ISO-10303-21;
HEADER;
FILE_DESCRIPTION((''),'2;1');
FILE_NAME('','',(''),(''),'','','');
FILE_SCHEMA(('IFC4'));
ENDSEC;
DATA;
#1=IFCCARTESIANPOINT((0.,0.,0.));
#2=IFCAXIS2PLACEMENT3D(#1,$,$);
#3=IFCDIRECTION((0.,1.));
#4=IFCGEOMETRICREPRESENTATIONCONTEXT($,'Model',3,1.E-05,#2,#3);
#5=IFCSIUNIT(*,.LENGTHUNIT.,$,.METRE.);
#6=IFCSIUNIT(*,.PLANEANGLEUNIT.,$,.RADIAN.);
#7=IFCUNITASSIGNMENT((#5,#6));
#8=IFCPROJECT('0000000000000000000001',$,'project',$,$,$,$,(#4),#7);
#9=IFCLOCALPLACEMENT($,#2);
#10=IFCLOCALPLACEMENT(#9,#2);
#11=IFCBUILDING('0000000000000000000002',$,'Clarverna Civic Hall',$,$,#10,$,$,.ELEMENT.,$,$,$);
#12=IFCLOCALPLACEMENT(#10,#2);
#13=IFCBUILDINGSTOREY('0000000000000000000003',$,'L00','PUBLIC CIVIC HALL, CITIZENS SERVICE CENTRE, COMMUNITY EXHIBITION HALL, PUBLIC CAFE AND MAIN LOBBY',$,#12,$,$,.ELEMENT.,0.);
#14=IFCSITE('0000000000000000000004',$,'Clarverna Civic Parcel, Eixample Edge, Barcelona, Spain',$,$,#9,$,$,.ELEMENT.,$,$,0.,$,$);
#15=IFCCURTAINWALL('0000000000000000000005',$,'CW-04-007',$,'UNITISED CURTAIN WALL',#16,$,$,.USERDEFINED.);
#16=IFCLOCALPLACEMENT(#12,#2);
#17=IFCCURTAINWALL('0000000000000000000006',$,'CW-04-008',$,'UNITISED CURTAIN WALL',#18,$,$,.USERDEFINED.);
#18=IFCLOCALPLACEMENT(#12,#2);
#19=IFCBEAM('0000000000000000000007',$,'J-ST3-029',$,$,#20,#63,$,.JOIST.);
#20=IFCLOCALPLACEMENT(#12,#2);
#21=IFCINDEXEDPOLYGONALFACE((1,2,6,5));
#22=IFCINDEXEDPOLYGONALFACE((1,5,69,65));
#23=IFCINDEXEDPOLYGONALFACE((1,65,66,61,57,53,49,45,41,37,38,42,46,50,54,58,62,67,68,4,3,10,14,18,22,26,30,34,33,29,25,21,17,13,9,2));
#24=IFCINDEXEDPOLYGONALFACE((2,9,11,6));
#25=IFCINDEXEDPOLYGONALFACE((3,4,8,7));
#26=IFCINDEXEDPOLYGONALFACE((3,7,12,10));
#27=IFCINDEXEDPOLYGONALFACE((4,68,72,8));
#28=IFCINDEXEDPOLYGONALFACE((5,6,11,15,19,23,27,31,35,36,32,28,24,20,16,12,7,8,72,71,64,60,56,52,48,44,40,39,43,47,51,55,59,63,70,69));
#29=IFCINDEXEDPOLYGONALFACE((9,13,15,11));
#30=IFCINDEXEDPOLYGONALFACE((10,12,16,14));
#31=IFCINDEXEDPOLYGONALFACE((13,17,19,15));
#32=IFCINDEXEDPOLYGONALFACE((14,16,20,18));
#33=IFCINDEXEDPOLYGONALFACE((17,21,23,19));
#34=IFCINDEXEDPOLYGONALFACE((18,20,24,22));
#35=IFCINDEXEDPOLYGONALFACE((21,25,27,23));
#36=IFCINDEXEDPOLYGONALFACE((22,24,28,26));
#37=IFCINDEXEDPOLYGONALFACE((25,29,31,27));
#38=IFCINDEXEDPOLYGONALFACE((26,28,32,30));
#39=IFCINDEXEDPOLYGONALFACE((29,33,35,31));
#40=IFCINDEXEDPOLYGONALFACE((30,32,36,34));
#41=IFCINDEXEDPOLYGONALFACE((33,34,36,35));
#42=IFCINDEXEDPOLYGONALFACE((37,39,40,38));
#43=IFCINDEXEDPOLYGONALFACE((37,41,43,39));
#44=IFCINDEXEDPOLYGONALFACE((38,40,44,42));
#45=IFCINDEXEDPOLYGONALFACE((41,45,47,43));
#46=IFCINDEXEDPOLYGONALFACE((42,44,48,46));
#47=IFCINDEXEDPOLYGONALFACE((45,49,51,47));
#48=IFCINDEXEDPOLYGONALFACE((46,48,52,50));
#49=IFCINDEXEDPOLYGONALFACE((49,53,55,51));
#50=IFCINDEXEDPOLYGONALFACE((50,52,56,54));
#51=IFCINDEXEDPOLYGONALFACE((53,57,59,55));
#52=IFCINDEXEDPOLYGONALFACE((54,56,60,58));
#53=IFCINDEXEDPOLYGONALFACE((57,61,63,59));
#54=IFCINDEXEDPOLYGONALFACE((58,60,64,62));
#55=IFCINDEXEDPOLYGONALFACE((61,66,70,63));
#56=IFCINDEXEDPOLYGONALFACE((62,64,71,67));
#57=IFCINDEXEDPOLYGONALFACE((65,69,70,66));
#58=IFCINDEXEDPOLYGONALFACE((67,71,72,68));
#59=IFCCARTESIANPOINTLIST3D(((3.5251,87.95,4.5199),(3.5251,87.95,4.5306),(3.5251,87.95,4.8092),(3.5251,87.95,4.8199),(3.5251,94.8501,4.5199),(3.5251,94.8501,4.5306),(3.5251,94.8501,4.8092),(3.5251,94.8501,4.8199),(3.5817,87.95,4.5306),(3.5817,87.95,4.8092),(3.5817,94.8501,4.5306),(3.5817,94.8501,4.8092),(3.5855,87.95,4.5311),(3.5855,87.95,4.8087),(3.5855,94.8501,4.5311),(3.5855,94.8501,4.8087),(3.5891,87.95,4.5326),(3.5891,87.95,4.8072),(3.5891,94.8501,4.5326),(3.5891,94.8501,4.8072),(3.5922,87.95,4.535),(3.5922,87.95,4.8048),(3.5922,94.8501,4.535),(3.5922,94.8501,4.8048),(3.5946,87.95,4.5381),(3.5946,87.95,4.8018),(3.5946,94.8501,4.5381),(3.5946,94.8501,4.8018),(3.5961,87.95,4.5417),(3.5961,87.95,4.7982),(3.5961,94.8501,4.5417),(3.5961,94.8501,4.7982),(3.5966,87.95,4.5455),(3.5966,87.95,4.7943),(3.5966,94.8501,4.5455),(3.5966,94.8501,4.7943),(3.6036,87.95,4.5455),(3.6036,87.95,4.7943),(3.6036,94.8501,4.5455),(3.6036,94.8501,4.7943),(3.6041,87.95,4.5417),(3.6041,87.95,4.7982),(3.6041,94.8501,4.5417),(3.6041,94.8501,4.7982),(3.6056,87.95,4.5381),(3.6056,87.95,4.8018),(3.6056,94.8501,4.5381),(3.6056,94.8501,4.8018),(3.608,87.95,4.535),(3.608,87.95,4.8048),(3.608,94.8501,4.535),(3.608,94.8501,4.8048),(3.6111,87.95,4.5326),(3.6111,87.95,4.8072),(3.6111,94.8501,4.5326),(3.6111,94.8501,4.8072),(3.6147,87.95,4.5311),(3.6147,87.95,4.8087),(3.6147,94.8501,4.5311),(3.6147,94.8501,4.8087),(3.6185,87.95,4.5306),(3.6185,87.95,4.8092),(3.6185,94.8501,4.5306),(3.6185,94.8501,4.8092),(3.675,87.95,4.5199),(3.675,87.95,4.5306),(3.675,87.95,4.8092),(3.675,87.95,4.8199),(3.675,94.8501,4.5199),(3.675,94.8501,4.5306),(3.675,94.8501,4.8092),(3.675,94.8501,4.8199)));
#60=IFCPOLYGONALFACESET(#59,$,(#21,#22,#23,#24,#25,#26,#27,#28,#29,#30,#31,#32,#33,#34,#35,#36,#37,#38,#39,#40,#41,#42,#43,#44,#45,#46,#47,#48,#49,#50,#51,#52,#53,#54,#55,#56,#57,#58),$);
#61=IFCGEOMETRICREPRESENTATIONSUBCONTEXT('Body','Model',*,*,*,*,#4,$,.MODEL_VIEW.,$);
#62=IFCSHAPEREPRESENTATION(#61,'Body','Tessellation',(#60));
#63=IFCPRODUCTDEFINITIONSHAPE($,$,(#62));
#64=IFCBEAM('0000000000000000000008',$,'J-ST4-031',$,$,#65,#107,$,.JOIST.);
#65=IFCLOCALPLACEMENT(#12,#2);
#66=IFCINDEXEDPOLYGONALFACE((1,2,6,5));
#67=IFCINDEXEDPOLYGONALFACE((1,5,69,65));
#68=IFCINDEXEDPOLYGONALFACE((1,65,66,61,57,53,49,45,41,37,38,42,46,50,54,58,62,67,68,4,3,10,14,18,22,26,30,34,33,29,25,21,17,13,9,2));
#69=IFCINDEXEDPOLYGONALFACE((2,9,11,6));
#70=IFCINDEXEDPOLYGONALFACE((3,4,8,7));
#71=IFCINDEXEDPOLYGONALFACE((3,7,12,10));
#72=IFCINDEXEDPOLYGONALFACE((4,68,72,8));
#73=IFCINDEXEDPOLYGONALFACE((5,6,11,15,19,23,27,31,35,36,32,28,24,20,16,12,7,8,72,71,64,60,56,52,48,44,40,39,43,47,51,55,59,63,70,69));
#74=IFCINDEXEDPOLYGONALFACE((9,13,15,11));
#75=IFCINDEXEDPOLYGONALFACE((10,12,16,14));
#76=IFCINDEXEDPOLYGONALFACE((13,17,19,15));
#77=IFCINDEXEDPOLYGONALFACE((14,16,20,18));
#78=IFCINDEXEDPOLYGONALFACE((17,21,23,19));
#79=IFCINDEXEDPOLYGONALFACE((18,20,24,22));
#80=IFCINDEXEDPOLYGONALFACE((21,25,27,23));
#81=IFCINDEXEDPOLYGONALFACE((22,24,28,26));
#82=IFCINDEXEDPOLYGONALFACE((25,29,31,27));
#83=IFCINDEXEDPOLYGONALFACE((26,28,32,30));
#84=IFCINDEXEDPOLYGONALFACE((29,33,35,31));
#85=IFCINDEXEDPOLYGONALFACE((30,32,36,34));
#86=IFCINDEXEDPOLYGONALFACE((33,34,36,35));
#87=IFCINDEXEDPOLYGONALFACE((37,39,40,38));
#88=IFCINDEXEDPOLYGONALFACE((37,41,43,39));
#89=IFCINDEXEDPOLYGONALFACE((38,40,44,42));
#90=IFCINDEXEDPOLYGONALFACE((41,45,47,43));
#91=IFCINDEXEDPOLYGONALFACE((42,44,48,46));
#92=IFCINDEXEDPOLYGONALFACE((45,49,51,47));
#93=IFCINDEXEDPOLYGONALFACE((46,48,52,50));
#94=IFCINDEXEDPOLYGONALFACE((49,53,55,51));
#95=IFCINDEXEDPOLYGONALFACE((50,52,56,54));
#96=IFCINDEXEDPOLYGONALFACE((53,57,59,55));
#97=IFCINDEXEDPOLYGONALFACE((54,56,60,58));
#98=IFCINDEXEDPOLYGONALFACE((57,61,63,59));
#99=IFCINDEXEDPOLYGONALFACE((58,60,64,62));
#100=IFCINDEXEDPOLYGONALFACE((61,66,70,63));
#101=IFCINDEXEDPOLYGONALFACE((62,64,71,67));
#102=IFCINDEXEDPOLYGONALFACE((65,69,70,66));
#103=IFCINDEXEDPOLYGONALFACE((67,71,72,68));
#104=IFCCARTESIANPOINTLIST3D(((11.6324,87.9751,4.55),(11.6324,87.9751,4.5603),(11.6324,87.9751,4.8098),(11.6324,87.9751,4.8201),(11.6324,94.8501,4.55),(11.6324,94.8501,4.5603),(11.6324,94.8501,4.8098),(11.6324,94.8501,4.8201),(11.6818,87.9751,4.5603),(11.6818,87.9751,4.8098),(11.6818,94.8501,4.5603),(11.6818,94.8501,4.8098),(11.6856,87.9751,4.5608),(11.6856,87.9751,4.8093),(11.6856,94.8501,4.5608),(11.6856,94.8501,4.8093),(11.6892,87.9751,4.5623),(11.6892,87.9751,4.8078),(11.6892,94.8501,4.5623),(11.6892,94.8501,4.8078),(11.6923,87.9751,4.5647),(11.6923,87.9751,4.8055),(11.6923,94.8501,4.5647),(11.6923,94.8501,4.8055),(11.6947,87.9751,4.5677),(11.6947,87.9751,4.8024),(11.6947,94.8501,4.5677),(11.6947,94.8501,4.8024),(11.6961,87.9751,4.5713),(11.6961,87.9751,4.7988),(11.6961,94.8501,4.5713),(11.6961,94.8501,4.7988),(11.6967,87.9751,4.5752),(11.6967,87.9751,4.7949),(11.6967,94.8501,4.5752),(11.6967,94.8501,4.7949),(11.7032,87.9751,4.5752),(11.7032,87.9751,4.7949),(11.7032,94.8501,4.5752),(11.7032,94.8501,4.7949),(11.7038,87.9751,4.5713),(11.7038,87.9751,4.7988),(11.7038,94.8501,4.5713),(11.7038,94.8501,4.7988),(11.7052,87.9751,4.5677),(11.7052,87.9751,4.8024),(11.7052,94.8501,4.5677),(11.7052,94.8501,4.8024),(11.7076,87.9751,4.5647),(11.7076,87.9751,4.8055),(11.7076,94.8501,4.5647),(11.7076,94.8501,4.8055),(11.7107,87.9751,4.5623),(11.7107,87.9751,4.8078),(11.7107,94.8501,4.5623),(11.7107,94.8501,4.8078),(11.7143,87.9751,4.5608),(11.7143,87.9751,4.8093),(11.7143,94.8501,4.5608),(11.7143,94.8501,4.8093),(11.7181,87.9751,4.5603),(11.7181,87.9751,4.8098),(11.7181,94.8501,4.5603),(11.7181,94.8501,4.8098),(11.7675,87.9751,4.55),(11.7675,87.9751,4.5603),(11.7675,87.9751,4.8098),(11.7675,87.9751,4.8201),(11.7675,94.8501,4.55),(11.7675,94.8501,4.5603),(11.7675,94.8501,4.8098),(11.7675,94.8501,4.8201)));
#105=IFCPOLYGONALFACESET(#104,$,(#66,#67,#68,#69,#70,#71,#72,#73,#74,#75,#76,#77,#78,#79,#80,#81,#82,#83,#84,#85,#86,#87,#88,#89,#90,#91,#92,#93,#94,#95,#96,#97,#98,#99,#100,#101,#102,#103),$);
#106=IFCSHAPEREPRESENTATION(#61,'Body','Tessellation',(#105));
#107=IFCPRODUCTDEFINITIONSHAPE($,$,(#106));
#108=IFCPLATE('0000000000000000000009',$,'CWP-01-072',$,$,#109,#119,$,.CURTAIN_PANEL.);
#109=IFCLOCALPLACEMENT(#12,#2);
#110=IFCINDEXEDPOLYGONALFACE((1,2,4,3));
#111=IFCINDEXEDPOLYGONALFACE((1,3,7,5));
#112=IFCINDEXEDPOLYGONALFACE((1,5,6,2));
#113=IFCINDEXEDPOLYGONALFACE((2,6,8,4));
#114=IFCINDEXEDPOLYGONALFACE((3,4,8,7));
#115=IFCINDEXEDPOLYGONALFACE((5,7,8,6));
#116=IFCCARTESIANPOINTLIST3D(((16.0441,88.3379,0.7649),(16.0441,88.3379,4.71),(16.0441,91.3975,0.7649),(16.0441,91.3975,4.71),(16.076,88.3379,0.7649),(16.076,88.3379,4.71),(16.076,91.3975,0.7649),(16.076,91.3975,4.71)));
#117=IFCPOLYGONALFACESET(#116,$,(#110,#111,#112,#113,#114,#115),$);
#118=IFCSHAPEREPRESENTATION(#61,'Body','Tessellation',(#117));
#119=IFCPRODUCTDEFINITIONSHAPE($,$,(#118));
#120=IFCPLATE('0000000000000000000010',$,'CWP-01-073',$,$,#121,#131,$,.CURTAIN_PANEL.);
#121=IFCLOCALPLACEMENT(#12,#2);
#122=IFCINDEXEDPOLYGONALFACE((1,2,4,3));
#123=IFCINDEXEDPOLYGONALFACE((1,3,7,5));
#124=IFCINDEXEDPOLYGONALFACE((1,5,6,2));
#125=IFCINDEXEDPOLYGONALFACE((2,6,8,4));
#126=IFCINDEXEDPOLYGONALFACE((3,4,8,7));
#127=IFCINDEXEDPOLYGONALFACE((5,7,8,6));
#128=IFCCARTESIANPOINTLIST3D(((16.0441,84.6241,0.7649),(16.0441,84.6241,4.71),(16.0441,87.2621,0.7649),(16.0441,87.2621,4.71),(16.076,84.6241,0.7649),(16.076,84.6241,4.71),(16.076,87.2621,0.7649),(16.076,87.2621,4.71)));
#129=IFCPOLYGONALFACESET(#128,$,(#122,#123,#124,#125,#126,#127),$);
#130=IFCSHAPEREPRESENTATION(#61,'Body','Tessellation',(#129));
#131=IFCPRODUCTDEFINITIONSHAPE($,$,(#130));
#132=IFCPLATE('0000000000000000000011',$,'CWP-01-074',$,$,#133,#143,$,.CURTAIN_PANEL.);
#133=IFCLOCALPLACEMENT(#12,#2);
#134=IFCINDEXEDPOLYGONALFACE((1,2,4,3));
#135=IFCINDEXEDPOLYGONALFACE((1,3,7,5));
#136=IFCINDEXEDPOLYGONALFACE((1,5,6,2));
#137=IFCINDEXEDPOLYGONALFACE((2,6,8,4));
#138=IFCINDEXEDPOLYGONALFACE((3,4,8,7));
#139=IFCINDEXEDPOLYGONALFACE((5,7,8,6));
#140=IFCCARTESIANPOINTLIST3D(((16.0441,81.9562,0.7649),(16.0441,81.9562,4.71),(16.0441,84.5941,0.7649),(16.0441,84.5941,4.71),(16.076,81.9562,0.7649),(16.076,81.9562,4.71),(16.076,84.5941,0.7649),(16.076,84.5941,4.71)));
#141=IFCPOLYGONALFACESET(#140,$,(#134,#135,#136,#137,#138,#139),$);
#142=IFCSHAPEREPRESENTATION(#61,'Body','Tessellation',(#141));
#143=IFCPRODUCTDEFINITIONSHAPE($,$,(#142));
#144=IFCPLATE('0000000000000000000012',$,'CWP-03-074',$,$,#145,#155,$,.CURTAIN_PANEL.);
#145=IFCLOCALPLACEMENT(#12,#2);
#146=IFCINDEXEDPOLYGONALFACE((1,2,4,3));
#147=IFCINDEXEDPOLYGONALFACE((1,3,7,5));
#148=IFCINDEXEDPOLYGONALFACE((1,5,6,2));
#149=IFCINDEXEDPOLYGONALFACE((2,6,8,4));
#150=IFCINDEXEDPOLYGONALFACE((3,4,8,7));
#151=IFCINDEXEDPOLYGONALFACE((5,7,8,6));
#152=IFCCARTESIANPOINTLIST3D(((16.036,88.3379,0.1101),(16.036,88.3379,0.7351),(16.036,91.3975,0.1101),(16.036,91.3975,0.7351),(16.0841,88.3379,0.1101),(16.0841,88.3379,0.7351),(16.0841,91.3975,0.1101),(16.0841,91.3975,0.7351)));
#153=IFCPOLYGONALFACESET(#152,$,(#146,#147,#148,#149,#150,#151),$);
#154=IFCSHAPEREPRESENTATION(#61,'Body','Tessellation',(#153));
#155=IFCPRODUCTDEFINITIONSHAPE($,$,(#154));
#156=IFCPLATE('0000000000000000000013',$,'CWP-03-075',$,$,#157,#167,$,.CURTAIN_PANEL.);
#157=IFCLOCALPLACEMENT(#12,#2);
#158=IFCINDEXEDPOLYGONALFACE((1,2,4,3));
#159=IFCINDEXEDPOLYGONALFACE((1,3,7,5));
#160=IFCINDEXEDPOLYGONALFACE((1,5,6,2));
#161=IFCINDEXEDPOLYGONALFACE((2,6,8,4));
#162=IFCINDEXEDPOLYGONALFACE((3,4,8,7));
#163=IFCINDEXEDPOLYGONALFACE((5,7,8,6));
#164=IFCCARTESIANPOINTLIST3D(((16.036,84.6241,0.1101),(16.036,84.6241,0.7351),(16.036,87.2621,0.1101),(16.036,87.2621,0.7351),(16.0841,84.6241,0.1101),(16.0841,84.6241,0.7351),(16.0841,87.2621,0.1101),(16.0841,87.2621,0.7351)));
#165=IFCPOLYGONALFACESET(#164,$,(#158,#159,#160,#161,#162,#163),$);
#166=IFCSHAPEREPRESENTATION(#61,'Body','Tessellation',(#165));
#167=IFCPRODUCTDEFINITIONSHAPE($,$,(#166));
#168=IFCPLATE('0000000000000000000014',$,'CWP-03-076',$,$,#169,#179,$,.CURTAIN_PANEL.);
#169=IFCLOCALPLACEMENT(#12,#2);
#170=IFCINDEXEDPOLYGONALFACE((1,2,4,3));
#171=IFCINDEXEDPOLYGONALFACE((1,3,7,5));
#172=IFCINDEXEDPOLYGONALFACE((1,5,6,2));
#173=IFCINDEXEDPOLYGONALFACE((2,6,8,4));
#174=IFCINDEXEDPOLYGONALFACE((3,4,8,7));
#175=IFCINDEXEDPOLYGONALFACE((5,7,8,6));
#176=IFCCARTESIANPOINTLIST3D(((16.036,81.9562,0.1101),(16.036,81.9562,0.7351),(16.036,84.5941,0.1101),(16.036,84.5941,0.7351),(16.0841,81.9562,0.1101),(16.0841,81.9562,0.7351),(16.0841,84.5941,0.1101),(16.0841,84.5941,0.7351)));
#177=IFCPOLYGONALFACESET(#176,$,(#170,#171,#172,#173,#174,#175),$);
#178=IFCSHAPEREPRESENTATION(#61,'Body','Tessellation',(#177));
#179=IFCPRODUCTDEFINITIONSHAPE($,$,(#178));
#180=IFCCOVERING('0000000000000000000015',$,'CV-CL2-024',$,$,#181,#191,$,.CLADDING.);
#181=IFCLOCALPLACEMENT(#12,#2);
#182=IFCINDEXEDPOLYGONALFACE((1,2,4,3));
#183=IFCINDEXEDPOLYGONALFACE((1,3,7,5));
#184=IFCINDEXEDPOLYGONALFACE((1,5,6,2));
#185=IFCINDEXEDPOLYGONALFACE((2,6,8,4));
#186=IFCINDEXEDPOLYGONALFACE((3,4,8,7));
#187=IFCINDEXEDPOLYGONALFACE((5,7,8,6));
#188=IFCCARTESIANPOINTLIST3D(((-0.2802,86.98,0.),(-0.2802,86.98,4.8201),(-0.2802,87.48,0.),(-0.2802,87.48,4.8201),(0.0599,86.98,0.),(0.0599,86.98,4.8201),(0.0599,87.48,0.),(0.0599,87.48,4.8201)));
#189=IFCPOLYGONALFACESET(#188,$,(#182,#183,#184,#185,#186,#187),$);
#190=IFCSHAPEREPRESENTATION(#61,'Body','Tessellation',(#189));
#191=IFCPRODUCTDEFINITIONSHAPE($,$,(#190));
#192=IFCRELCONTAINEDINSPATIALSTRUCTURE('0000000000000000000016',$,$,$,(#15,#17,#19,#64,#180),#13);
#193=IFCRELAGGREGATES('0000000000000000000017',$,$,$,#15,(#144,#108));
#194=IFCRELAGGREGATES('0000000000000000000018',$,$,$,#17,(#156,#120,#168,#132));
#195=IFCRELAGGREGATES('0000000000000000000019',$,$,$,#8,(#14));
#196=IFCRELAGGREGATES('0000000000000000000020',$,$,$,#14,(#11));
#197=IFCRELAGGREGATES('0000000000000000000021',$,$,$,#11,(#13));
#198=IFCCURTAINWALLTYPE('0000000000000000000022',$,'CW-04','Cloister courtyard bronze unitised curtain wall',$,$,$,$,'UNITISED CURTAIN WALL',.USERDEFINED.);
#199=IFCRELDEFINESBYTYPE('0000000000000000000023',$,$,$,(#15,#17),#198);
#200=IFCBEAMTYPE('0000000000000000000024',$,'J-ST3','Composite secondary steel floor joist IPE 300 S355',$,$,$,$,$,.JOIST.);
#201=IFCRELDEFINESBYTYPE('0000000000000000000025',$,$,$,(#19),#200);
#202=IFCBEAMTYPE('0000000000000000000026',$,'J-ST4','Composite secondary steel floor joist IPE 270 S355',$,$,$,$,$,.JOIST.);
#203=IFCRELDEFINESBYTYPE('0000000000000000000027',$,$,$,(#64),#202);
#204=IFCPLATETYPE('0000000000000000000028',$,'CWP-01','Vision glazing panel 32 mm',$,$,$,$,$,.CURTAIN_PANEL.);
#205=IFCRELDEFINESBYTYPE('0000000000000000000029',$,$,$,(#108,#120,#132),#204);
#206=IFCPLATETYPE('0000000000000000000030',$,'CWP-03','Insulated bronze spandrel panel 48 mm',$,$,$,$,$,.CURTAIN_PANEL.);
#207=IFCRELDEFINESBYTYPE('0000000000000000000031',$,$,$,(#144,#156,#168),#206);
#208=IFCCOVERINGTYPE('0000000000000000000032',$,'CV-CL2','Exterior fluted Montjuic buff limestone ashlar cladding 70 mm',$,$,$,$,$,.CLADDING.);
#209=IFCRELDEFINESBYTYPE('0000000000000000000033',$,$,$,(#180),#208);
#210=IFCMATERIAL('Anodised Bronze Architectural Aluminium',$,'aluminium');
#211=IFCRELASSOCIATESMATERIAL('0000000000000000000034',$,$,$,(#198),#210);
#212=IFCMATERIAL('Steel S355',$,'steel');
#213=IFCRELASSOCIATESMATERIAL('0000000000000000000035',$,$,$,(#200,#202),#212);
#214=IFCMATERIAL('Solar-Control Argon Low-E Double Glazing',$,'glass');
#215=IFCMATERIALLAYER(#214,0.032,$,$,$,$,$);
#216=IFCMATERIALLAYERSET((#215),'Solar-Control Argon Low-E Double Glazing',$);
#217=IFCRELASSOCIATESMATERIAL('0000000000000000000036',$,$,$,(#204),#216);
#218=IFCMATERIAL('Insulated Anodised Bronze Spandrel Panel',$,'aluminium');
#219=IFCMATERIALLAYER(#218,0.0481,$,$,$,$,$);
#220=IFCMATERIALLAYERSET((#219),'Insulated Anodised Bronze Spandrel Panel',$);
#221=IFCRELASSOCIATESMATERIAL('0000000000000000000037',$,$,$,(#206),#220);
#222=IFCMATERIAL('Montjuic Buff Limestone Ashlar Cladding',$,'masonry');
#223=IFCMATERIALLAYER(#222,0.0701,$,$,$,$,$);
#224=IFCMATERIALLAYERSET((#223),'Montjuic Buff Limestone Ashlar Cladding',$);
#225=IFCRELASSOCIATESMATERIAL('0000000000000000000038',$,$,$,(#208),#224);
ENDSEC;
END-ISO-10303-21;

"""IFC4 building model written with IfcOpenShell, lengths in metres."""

from ifc_helpers import new_model, si_unit, direction, frame, frame_2d, origin, origin_2d, place, context, subcontext, project, spatial, rectangle, i_section, extrude, material, layer, layer_set, material_profile, profile_set, type_object, element, aggregate, save


model = new_model("IFC4")

# Units and contexts
model_context = context("Model", 3, precision=1e-05, world=origin(), true_north=direction((0.0, 1.0)))
body_context = subcontext(model_context, "Body", "Model", "MODEL_VIEW")
ifc_project = project(units=[si_unit("LENGTHUNIT", "METRE"), si_unit("PLANEANGLEUNIT", "RADIAN")], contexts=[model_context])

# Site, building, storey
site_placement = place(None, origin())
site = spatial("IfcSite", under=ifc_project, at=site_placement, Name="Clarverna Civic Parcel, Eixample Edge, Barcelona, Spain", CompositionType="ELEMENT", RefElevation=0.0)
building_placement = place(site_placement, origin())
building = spatial("IfcBuilding", under=site, at=building_placement, Name="Clarverna Civic Hall", CompositionType="ELEMENT")
storey_placement = place(building_placement, origin())
storey = spatial("IfcBuildingStorey", under=building, at=storey_placement, Name="L00", Description="PUBLIC CIVIC HALL, CITIZENS SERVICE CENTRE, COMMUNITY EXHIBITION HALL, PUBLIC CAFE AND MAIN LOBBY", CompositionType="ELEMENT", Elevation=0.0)

# Shared definitions
ifc_material_1 = material(Name="Steel S355", Category="steel")

# Curtain walls
ifc_material_2 = material(Name="Anodised Bronze Architectural Aluminium", Category="aluminium")
curtain_wall_type = type_object("IfcCurtainWallType", Name="CW-04", Description="Cloister courtyard bronze unitised curtain wall", ElementType="UNITISED CURTAIN WALL", PredefinedType="USERDEFINED", material=ifc_material_2)
curtain_wall_1_placement = place(storey_placement, origin())
curtain_wall_1 = element("IfcCurtainWall", 1, at=curtain_wall_1_placement, inside=storey, type_object=curtain_wall_type, Name="CW-04-007", ObjectType="UNITISED CURTAIN WALL", PredefinedType="USERDEFINED")
curtain_wall_2_placement = place(storey_placement, origin())
curtain_wall_2 = element("IfcCurtainWall", 2, at=curtain_wall_2_placement, inside=storey, type_object=curtain_wall_type, Name="CW-04-008", ObjectType="UNITISED CURTAIN WALL", PredefinedType="USERDEFINED")

# Beams
ifc_material_profile_1 = material_profile(ifc_material_1, i_section(OverallWidth=0.1499, OverallDepth=0.3, WebThickness=0.0071, FlangeThickness=0.0107, FilletRadius=0.0149, at=origin_2d()), Name="IPE 300")
ifc_profile_set_1 = profile_set([ifc_material_profile_1], Name="Steel S355")
beam_type_1 = type_object("IfcBeamType", Name="J-ST3", Description="Composite secondary steel floor joist IPE 300 S355", PredefinedType="JOIST", material=ifc_profile_set_1)
beam_1_placement = place(storey_placement, frame((3.6001, 87.95, 4.6699), z_axis=(0.0, 1.0, 0.0), x_axis=(-1.0, 0.0, 0.0)))
element("IfcBeam", 3, at=beam_1_placement, inside=storey, type_object=beam_type_1, Name="J-ST3-029", PredefinedType="JOIST", context=body_context, shape_type="SweptSolid", body=[
    extrude(i_section(OverallWidth=0.1499, OverallDepth=0.3, WebThickness=0.0071, FlangeThickness=0.0107, FilletRadius=0.0149, at=origin_2d()), origin(), (0.0, 0.0, 1.0), 6.9001),
])
ifc_material_profile_2 = material_profile(ifc_material_1, i_section(OverallWidth=0.135, OverallDepth=0.27, WebThickness=0.0066, FlangeThickness=0.0103, FilletRadius=0.0149, at=origin_2d()), Name="IPE 270")
ifc_profile_set_2 = profile_set([ifc_material_profile_2], Name="Steel S355")
beam_type_2 = type_object("IfcBeamType", Name="J-ST4", Description="Composite secondary steel floor joist IPE 270 S355", PredefinedType="JOIST", material=ifc_profile_set_2)
beam_2_placement = place(storey_placement, frame((11.7, 87.9751, 4.6851), z_axis=(0.0, 1.0, 0.0), x_axis=(-1.0, 0.0, 0.0)))
element("IfcBeam", 4, at=beam_2_placement, inside=storey, type_object=beam_type_2, Name="J-ST4-031", PredefinedType="JOIST", context=body_context, shape_type="SweptSolid", body=[
    extrude(i_section(OverallWidth=0.135, OverallDepth=0.27, WebThickness=0.0066, FlangeThickness=0.0103, FilletRadius=0.0149, at=origin_2d()), origin(), (0.0, 0.0, 1.0), 6.875),
])

# Plates
ifc_material_3 = material(Name="Solar-Control Argon Low-E Double Glazing", Category="glass")
ifc_layer_1 = layer(ifc_material_3, 0.032)
ifc_layer_set_1 = layer_set([ifc_layer_1], Name="Solar-Control Argon Low-E Double Glazing")
plate_type_1 = type_object("IfcPlateType", Name="CWP-01", Description="Vision glazing panel 32 mm", PredefinedType="CURTAIN_PANEL", material=ifc_layer_set_1)
plate_1_placement = place(storey_placement, frame((16.0601, 91.3975, 0.7649), z_axis=(0.0, 0.0, 1.0), x_axis=(0.0, -1.0, 0.0)))
plate_1 = element("IfcPlate", 5, at=plate_1_placement, type_object=plate_type_1, Name="CWP-01-072", PredefinedType="CURTAIN_PANEL", context=body_context, shape_type="SweptSolid", body=[
    extrude(rectangle(XDim=3.0596, YDim=0.032, at=frame_2d((1.5298, 0.0))), origin(), (0.0, 0.0, 1.0), 3.9451),
])
plate_2_placement = place(storey_placement, frame((16.0601, 87.262, 0.7649), z_axis=(0.0, 0.0, 1.0), x_axis=(0.0, -1.0, 0.0)))
plate_2 = element("IfcPlate", 6, at=plate_2_placement, type_object=plate_type_1, Name="CWP-01-073", PredefinedType="CURTAIN_PANEL", context=body_context, shape_type="SweptSolid", body=[
    extrude(rectangle(XDim=2.6379, YDim=0.032, at=frame_2d((1.3188, 0.0))), origin(), (0.0, 0.0, 1.0), 3.9451),
])
plate_3_placement = place(storey_placement, frame((16.0601, 84.594, 0.7649), z_axis=(0.0, 0.0, 1.0), x_axis=(0.0, -1.0, 0.0)))
plate_3 = element("IfcPlate", 7, at=plate_3_placement, type_object=plate_type_1, Name="CWP-01-074", PredefinedType="CURTAIN_PANEL", context=body_context, shape_type="SweptSolid", body=[
    extrude(rectangle(XDim=2.6379, YDim=0.032, at=frame_2d((1.3188, 0.0))), origin(), (0.0, 0.0, 1.0), 3.9451),
])
ifc_material_4 = material(Name="Insulated Anodised Bronze Spandrel Panel", Category="aluminium")
ifc_layer_2 = layer(ifc_material_4, 0.0481)
ifc_layer_set_2 = layer_set([ifc_layer_2], Name="Insulated Anodised Bronze Spandrel Panel")
plate_type_2 = type_object("IfcPlateType", Name="CWP-03", Description="Insulated bronze spandrel panel 48 mm", PredefinedType="CURTAIN_PANEL", material=ifc_layer_set_2)
plate_4_placement = place(storey_placement, frame((16.0601, 91.3975, 0.1101), z_axis=(0.0, 0.0, 1.0), x_axis=(0.0, -1.0, 0.0)))
plate_4 = element("IfcPlate", 8, at=plate_4_placement, type_object=plate_type_2, Name="CWP-03-074", PredefinedType="CURTAIN_PANEL", context=body_context, shape_type="SweptSolid", body=[
    extrude(rectangle(XDim=3.0596, YDim=0.0481, at=frame_2d((1.5298, 0.0))), origin(), (0.0, 0.0, 1.0), 0.625),
])
aggregate(curtain_wall_1, [plate_4, plate_1])
plate_5_placement = place(storey_placement, frame((16.0601, 87.262, 0.1101), z_axis=(0.0, 0.0, 1.0), x_axis=(0.0, -1.0, 0.0)))
plate_5 = element("IfcPlate", 9, at=plate_5_placement, type_object=plate_type_2, Name="CWP-03-075", PredefinedType="CURTAIN_PANEL", context=body_context, shape_type="SweptSolid", body=[
    extrude(rectangle(XDim=2.6379, YDim=0.0481, at=frame_2d((1.3188, 0.0))), origin(), (0.0, 0.0, 1.0), 0.625),
])
plate_6_placement = place(storey_placement, frame((16.0601, 84.594, 0.1101), z_axis=(0.0, 0.0, 1.0), x_axis=(0.0, -1.0, 0.0)))
plate_6 = element("IfcPlate", 10, at=plate_6_placement, type_object=plate_type_2, Name="CWP-03-076", PredefinedType="CURTAIN_PANEL", context=body_context, shape_type="SweptSolid", body=[
    extrude(rectangle(XDim=2.6379, YDim=0.0481, at=frame_2d((1.3188, 0.0))), origin(), (0.0, 0.0, 1.0), 0.625),
])
aggregate(curtain_wall_2, [plate_5, plate_2, plate_6, plate_3])

# Covering
ifc_material_5 = material(Name="Montjuic Buff Limestone Ashlar Cladding", Category="masonry")
ifc_layer_3 = layer(ifc_material_5, 0.0701)
ifc_layer_set_3 = layer_set([ifc_layer_3], Name="Montjuic Buff Limestone Ashlar Cladding")
covering_type = type_object("IfcCoveringType", Name="CV-CL2", Description="Exterior fluted Montjuic buff limestone ashlar cladding 70 mm", PredefinedType="CLADDING", material=ifc_layer_set_3)
covering_placement = place(storey_placement, frame((-0.1101, 86.98, 0.0), z_axis=(0.0, 0.0, 1.0), x_axis=(0.0, 1.0, 0.0)))
element("IfcCovering", 11, at=covering_placement, inside=storey, type_object=covering_type, Name="CV-CL2-024", PredefinedType="CLADDING", context=body_context, shape_type="SweptSolid", body=[
    extrude(rectangle(XDim=0.5, YDim=0.3401, at=frame_2d((0.25, 0.0))), origin(), (0.0, 0.0, 1.0), 4.8201),
])

save(model, "model.ifc")
